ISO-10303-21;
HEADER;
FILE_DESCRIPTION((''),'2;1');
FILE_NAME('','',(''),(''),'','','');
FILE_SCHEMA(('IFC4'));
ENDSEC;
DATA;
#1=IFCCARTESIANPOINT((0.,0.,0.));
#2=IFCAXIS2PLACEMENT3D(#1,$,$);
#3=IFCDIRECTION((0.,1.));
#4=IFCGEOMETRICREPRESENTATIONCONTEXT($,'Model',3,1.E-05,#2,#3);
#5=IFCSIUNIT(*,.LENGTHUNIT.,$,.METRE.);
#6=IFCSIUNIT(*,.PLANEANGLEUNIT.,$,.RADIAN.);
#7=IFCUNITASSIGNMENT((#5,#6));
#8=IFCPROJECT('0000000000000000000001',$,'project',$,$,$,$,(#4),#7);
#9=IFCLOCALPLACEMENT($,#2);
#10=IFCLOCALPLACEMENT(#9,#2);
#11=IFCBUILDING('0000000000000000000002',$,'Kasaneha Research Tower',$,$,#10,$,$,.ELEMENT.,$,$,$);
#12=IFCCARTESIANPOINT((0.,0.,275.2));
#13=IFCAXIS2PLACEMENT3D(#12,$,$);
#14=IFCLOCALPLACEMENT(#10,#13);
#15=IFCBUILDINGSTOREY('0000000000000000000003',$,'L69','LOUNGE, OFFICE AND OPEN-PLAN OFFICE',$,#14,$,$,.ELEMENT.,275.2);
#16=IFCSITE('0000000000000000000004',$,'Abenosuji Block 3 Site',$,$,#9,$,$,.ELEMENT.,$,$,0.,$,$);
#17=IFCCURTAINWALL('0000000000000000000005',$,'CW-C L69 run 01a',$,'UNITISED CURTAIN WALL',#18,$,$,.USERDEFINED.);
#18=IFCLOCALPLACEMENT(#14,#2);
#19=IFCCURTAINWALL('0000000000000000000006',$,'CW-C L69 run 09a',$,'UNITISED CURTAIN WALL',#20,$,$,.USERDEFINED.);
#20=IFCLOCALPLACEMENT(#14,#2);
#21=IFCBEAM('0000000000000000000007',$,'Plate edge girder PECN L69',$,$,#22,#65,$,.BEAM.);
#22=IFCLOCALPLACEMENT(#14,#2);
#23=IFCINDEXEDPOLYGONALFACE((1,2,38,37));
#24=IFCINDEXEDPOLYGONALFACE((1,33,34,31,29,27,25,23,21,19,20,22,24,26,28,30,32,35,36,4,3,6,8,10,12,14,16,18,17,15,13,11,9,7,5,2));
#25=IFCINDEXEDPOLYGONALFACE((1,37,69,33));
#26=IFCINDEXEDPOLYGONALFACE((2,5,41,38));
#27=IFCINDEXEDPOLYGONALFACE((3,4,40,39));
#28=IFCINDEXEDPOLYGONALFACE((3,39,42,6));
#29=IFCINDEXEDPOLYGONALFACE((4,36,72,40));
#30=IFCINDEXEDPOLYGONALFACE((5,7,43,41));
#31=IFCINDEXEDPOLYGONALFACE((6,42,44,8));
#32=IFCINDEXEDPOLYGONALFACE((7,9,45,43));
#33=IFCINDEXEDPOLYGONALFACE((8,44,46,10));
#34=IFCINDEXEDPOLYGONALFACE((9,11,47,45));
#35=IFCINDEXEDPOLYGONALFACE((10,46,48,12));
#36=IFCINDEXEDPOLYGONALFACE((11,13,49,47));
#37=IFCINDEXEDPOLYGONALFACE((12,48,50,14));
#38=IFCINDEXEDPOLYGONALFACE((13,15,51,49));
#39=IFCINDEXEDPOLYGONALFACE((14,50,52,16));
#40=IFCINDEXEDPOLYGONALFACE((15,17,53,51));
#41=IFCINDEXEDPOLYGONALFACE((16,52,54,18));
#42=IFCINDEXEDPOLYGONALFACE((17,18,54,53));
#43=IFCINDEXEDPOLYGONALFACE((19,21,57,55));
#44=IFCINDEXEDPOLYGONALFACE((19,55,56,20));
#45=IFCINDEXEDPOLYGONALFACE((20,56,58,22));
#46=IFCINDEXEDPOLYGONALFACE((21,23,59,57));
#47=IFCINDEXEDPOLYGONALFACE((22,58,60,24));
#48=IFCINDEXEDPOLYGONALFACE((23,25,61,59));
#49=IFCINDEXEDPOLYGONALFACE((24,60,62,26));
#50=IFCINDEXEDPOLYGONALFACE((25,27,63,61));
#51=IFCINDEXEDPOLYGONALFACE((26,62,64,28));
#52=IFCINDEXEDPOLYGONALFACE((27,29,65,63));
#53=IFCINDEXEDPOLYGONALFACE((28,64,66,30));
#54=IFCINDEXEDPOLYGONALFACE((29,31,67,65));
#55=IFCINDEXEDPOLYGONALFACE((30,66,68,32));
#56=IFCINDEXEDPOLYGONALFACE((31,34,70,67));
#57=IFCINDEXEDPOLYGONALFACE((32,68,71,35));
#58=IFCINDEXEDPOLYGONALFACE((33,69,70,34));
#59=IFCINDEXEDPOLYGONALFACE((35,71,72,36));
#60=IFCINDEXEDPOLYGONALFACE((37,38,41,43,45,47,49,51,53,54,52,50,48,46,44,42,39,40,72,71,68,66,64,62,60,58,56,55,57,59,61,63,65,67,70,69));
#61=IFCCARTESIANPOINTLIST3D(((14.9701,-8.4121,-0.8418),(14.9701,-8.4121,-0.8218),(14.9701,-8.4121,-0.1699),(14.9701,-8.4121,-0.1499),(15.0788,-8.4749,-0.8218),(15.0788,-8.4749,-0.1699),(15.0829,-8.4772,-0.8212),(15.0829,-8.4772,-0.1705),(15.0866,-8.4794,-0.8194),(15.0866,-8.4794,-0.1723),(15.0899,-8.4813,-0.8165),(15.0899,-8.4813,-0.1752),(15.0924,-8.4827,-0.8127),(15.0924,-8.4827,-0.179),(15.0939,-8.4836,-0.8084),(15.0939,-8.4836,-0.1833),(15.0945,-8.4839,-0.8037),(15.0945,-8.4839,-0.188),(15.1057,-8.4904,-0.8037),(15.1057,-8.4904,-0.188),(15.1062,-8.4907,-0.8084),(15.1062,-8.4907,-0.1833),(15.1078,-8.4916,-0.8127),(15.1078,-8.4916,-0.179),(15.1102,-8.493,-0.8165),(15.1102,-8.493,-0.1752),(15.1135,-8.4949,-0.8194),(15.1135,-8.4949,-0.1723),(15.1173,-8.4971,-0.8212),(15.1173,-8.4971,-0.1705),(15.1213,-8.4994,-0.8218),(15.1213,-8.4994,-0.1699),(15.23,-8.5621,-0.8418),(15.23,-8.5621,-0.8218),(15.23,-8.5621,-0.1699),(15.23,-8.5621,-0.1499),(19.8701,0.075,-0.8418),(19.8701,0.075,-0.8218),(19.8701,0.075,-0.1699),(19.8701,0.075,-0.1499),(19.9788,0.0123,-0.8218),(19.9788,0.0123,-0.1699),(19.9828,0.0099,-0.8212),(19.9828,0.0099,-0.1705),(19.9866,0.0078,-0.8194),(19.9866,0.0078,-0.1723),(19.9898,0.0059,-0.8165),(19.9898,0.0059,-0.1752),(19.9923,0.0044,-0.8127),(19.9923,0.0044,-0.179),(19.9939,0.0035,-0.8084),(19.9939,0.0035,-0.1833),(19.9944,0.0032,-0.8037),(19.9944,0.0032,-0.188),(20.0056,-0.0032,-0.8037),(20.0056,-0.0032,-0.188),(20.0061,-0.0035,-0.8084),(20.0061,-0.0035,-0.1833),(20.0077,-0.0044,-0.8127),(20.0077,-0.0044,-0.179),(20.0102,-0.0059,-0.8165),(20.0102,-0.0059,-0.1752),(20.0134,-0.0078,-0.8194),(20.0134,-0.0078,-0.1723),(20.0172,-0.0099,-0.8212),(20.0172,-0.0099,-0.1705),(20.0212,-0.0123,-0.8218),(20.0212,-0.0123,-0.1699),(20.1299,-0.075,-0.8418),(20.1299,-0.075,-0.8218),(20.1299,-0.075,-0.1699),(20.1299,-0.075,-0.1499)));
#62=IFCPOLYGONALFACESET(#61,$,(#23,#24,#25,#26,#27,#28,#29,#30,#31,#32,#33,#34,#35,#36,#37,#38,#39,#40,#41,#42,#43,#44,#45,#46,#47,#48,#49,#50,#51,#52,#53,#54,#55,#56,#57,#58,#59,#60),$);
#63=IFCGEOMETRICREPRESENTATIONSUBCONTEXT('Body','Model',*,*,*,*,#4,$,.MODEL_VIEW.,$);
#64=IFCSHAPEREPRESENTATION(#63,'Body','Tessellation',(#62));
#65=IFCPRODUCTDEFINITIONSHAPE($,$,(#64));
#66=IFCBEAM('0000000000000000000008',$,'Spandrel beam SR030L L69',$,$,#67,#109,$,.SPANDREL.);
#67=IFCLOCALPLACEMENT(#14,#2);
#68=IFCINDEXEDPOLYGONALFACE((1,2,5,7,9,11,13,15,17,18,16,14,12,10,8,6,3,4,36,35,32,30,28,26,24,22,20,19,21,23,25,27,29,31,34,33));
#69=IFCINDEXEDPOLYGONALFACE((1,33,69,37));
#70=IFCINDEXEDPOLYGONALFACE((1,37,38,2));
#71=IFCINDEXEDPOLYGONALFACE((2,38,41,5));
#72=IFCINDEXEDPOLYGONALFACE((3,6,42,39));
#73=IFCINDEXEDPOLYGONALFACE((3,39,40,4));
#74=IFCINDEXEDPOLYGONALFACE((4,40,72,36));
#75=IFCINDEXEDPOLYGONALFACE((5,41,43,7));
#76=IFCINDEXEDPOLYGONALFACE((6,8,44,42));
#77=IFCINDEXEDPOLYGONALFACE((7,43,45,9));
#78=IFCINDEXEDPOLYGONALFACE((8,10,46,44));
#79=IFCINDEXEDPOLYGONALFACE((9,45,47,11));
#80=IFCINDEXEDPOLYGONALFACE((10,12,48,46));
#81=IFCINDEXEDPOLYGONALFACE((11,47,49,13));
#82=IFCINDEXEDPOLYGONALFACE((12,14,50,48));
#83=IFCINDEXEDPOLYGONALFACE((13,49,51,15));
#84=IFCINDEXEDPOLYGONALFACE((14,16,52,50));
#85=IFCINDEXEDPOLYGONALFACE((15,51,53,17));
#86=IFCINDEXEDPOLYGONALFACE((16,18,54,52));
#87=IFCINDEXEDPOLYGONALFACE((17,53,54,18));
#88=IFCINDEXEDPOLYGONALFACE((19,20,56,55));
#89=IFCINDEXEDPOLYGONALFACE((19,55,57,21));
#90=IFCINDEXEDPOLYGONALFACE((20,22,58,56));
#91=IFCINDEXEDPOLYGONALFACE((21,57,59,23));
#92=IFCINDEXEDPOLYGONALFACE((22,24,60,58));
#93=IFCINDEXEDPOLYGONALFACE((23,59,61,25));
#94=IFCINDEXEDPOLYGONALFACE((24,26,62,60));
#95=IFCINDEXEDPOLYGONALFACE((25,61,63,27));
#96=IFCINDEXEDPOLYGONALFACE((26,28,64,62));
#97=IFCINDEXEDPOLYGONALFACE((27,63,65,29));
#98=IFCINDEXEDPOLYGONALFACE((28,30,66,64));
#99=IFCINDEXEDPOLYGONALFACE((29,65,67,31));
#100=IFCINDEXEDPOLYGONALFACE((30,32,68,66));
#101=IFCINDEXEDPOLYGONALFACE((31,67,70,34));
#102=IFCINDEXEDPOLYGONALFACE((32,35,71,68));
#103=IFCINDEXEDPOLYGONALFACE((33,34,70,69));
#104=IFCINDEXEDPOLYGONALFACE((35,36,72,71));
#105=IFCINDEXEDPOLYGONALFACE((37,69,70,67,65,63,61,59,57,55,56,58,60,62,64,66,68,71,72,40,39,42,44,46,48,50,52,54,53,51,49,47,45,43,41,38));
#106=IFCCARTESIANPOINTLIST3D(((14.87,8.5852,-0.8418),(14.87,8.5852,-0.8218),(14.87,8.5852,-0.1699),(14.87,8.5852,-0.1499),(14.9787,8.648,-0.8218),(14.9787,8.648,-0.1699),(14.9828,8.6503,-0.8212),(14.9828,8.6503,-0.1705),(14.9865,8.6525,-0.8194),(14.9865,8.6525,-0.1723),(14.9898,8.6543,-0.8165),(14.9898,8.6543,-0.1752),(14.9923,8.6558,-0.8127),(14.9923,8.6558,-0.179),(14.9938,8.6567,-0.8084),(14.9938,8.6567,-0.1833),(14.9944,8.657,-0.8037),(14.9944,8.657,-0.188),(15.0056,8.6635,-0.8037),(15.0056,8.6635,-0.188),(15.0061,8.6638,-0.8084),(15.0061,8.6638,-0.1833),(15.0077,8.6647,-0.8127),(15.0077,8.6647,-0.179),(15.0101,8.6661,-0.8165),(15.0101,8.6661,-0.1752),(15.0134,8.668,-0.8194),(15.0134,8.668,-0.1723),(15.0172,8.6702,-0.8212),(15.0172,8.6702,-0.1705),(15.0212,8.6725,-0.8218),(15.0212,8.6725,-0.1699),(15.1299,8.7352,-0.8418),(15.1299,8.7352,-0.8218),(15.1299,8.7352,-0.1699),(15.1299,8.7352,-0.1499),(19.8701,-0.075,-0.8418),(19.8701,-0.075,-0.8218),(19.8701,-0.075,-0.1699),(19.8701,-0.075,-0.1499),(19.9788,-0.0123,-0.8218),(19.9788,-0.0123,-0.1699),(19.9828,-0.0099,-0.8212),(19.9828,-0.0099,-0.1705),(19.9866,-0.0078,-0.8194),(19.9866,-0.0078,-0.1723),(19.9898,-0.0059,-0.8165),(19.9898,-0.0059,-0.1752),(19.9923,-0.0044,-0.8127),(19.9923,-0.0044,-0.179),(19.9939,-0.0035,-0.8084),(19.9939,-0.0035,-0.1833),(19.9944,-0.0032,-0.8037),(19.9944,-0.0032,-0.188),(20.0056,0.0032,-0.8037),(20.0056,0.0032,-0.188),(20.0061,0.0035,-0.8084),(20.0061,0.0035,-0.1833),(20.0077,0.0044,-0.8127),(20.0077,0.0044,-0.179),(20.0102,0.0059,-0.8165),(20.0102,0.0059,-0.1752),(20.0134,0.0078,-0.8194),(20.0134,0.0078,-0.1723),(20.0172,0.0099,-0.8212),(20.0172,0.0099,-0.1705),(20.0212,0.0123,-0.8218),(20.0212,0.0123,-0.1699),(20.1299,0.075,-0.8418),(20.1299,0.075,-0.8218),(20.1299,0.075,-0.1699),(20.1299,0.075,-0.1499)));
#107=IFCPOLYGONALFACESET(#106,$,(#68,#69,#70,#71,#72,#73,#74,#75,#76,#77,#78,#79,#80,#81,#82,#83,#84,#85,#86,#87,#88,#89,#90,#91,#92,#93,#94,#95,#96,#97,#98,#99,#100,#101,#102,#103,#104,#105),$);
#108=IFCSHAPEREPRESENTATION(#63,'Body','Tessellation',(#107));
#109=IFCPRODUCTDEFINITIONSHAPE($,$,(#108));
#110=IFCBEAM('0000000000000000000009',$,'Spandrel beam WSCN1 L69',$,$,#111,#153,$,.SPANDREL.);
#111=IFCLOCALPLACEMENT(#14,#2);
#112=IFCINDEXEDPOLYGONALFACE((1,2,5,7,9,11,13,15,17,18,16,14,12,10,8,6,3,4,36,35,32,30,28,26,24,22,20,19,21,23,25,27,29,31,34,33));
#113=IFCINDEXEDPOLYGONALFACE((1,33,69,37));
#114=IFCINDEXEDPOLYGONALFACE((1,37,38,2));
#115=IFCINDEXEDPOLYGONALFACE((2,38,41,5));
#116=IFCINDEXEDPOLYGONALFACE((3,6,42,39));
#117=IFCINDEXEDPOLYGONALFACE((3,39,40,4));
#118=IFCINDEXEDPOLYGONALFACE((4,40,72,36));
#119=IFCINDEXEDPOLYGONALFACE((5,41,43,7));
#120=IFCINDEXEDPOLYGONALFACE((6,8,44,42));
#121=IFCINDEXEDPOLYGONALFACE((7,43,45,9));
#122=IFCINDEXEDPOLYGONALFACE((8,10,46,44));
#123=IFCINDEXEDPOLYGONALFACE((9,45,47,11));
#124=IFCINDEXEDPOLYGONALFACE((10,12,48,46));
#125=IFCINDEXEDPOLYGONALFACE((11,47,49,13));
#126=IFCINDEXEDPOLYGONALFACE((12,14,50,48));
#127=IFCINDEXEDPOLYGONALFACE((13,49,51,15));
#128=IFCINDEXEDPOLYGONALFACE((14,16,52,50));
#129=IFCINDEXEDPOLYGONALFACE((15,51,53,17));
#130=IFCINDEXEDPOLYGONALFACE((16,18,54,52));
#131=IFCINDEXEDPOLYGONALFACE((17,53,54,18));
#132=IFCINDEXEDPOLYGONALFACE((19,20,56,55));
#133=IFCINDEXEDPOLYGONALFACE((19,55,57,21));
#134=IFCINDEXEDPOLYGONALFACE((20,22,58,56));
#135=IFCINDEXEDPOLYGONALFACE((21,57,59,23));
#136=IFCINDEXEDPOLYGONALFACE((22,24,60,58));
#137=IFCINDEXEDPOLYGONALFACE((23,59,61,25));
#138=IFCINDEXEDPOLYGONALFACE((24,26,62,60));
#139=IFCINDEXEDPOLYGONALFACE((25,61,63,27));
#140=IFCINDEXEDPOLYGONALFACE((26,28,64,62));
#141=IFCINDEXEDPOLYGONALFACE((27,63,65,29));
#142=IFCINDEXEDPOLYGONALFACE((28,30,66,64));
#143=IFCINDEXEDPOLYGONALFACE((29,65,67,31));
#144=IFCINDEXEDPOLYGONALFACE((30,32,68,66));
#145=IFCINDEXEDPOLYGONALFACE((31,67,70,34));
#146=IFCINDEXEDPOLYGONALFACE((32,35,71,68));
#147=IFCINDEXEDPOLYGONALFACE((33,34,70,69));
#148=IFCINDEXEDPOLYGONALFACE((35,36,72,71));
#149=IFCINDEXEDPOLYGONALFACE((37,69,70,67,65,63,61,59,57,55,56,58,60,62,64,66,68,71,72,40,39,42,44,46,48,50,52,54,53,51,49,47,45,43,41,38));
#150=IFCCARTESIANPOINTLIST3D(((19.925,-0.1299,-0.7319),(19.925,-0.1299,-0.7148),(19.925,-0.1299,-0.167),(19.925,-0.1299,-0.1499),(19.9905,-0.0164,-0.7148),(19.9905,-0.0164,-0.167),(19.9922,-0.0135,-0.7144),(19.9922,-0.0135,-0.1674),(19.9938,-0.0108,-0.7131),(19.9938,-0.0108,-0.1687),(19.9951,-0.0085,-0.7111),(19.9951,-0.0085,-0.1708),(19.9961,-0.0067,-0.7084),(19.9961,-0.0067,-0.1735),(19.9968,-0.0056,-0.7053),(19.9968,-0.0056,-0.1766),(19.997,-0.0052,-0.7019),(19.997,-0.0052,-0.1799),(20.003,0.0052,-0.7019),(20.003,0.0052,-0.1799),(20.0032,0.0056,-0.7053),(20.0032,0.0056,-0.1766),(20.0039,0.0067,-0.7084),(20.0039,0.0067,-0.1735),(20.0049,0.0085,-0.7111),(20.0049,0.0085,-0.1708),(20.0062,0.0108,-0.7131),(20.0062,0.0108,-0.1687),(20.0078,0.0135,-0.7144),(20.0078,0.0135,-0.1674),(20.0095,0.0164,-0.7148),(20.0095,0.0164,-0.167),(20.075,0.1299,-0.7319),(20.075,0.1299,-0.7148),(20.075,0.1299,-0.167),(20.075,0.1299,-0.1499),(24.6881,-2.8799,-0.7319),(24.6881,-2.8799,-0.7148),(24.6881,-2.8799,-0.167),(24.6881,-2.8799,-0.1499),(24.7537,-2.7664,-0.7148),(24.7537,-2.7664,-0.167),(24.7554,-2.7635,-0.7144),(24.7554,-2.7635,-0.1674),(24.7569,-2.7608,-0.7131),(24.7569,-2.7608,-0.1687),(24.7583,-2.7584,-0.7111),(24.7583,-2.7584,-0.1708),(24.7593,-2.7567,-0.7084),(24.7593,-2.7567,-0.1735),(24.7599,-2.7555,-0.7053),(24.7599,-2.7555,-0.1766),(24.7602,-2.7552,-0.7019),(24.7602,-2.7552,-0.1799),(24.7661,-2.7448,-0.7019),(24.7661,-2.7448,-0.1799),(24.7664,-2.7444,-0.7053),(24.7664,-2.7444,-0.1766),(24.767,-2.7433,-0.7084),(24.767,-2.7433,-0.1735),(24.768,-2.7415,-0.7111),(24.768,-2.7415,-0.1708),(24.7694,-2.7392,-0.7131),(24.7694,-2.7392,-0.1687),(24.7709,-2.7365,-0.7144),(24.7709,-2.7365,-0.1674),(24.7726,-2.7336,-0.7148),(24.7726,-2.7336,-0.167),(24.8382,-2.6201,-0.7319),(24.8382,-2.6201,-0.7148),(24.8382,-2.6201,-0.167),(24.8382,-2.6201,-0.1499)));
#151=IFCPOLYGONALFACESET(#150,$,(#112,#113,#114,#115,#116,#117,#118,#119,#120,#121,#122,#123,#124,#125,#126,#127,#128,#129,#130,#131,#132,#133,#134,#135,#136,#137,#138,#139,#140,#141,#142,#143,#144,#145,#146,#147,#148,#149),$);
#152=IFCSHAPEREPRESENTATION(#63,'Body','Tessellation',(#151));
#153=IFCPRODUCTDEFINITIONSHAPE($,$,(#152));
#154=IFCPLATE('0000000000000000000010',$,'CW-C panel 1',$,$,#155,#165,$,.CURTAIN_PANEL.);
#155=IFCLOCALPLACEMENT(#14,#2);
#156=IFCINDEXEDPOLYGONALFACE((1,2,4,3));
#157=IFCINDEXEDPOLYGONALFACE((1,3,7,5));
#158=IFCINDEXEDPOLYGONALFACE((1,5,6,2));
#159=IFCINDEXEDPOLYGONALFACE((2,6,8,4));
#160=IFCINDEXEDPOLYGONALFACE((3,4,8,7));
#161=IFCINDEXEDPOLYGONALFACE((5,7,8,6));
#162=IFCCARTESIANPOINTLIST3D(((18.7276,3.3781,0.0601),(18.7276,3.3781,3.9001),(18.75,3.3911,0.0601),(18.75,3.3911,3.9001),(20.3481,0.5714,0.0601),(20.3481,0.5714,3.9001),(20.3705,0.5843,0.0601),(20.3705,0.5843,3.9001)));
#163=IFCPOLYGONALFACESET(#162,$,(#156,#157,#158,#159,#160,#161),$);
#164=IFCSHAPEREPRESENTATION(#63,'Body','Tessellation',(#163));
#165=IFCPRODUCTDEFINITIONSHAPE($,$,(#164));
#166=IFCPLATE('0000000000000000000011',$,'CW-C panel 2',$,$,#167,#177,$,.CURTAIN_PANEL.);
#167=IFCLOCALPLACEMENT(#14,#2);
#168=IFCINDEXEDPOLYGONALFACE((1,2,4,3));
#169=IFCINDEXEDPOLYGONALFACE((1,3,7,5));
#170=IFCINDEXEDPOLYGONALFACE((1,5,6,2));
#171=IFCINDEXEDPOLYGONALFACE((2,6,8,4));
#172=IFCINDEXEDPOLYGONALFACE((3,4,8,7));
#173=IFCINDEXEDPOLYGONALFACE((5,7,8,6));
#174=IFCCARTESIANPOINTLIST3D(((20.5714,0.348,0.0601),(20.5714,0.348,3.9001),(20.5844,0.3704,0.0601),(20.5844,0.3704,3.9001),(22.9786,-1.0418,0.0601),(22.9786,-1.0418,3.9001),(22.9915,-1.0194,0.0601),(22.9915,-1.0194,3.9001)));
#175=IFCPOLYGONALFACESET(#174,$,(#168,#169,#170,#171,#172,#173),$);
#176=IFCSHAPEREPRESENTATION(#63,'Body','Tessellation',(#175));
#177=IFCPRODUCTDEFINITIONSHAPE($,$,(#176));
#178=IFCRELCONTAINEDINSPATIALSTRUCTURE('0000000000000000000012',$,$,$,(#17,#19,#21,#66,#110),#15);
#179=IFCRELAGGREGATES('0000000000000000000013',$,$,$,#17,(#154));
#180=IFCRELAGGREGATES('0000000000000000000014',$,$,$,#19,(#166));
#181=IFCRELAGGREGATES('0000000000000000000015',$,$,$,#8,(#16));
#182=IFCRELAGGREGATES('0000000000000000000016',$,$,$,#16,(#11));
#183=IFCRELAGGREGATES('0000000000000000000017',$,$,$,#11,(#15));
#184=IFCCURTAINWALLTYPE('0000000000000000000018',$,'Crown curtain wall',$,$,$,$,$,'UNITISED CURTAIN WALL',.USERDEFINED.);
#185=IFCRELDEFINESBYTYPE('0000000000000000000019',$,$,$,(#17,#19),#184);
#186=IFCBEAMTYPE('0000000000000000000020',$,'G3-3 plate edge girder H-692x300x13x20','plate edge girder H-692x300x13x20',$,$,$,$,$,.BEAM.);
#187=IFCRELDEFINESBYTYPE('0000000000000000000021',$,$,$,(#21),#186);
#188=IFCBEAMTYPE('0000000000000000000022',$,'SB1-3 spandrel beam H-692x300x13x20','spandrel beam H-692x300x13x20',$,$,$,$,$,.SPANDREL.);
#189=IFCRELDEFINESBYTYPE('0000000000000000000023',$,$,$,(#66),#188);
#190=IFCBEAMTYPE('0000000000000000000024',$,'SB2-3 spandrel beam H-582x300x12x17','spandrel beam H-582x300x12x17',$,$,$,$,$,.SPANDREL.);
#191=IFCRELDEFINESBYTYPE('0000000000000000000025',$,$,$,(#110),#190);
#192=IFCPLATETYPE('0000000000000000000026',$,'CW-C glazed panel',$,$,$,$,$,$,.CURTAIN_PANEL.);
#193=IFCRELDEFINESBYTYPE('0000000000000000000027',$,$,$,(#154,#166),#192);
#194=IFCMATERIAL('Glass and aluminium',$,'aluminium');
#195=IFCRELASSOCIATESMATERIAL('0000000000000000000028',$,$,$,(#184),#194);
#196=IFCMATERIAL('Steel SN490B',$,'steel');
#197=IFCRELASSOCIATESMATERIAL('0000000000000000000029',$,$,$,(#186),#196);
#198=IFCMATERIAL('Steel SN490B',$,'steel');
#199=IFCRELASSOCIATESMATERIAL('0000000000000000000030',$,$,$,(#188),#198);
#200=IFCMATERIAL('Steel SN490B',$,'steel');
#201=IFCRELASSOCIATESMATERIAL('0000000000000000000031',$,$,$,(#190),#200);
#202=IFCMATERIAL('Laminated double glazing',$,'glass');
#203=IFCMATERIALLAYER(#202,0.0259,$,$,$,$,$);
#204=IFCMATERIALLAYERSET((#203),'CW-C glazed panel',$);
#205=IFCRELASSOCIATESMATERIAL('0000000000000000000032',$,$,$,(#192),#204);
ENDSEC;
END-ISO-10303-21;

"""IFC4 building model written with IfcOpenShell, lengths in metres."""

from ifc_helpers import new_model, si_unit, direction, frame, origin, origin_2d, place, context, subcontext, project, spatial, rectangle, i_section, extrude, material, layer, layer_set, material_profile, profile_set, type_object, element, aggregate, save


model = new_model("IFC4")

# Units and contexts
model_context = context("Model", 3, precision=1e-05, world=origin(), true_north=direction((0.0, 1.0)))
body_context = subcontext(model_context, "Body", "Model", "MODEL_VIEW")
ifc_project = project(units=[si_unit("LENGTHUNIT", "METRE"), si_unit("PLANEANGLEUNIT", "RADIAN")], contexts=[model_context])

# Site, building, storey
site_placement = place(None, origin())
site = spatial("IfcSite", under=ifc_project, at=site_placement, Name="Abenosuji Block 3 Site", CompositionType="ELEMENT", RefElevation=0.0)
building_placement = place(site_placement, origin())
building = spatial("IfcBuilding", under=site, at=building_placement, Name="Kasaneha Research Tower", CompositionType="ELEMENT")
storey_placement = place(building_placement, frame((0.0, 0.0, 275.2)))
storey = spatial("IfcBuildingStorey", under=building, at=storey_placement, Name="L69", Description="LOUNGE, OFFICE AND OPEN-PLAN OFFICE", CompositionType="ELEMENT", Elevation=275.2)

# Curtain wall
ifc_material_1 = material(Name="Glass and aluminium", Category="aluminium")
curtain_wall_type = type_object("IfcCurtainWallType", Name="Crown curtain wall", ElementType="UNITISED CURTAIN WALL", PredefinedType="USERDEFINED", material=ifc_material_1)
curtain_wall_1_placement = place(storey_placement, origin())
curtain_wall_1 = element("IfcCurtainWall", 1, at=curtain_wall_1_placement, inside=storey, type_object=curtain_wall_type, Name="CW-C L69 run 01a", ObjectType="UNITISED CURTAIN WALL", PredefinedType="USERDEFINED")

# Curtain wall
curtain_wall_2_placement = place(storey_placement, origin())
curtain_wall_2 = element("IfcCurtainWall", 2, at=curtain_wall_2_placement, inside=storey, type_object=curtain_wall_type, Name="CW-C L69 run 09a", ObjectType="UNITISED CURTAIN WALL", PredefinedType="USERDEFINED")

# Beams
ifc_material_2 = material(Name="Steel SN490B", Category="steel")
ifc_material_profile_1 = material_profile(ifc_material_2, i_section(OverallWidth=0.3, OverallDepth=0.6919, WebThickness=0.0129, FlangeThickness=0.02, FilletRadius=0.0181, at=origin_2d()), Name="H-692x300x13x20")
ifc_profile_set_1 = profile_set([ifc_material_profile_1], Name="Steel SN490B")
beam_type_1 = type_object("IfcBeamType", Name="G3-3 plate edge girder H-692x300x13x20", Description="plate edge girder H-692x300x13x20", PredefinedType="BEAM", material=ifc_profile_set_1)
beam_1_placement = place(storey_placement, frame((20.0, 0.0, -0.4958), z_axis=(-0.499992, -0.86603, 0.0), x_axis=(0.86603, -0.499992, 0.0)))
element("IfcBeam", 3, at=beam_1_placement, inside=storey, type_object=beam_type_1, Name="Plate edge girder PECN L69", PredefinedType="BEAM", context=body_context, shape_type="SweptSolid", body=[
    extrude(i_section(OverallWidth=0.3, OverallDepth=0.6919, WebThickness=0.0129, FlangeThickness=0.02, FilletRadius=0.0181, at=origin_2d()), origin(), (0.0, 0.0, 1.0), 9.8),
])
ifc_material_3 = material(Name="Steel SN490B", Category="steel")
ifc_material_profile_2 = material_profile(ifc_material_3, i_section(OverallWidth=0.3, OverallDepth=0.6919, WebThickness=0.0129, FlangeThickness=0.02, FilletRadius=0.0181, at=origin_2d()), Name="H-692x300x13x20")
ifc_profile_set_2 = profile_set([ifc_material_profile_2], Name="Steel SN490B")
beam_type_2 = type_object("IfcBeamType", Name="SB1-3 spandrel beam H-692x300x13x20", Description="spandrel beam H-692x300x13x20", PredefinedType="SPANDREL", material=ifc_profile_set_2)
beam_2_placement = place(storey_placement, frame((20.0, 0.0, -0.4958), z_axis=(-0.500004, 0.866023, 0.0), x_axis=(-0.866023, -0.500004, 0.0)))
element("IfcBeam", 4, at=beam_2_placement, inside=storey, type_object=beam_type_2, Name="Spandrel beam SR030L L69", PredefinedType="SPANDREL", context=body_context, shape_type="SweptSolid", body=[
    extrude(i_section(OverallWidth=0.3, OverallDepth=0.6919, WebThickness=0.0129, FlangeThickness=0.02, FilletRadius=0.0181, at=origin_2d()), origin(), (0.0, 0.0, 1.0), 10.0),
])
ifc_material_4 = material(Name="Steel SN490B", Category="steel")
ifc_material_profile_3 = material_profile(ifc_material_4, i_section(OverallWidth=0.3, OverallDepth=0.582, WebThickness=0.012, FlangeThickness=0.0171, FilletRadius=0.0129, at=origin_2d()), Name="H-582x300x12x17")
ifc_profile_set_3 = profile_set([ifc_material_profile_3], Name="Steel SN490B")
beam_type_3 = type_object("IfcBeamType", Name="SB2-3 spandrel beam H-582x300x12x17", Description="spandrel beam H-582x300x12x17", PredefinedType="SPANDREL", material=ifc_profile_set_3)
beam_3_placement = place(storey_placement, frame((20.0, 0.0, -0.4409), z_axis=(0.866027, -0.499997, 0.0), x_axis=(0.499997, 0.866027, 0.0)))
element("IfcBeam", 5, at=beam_3_placement, inside=storey, type_object=beam_type_3, Name="Spandrel beam WSCN1 L69", PredefinedType="SPANDREL", context=body_context, shape_type="SweptSolid", body=[
    extrude(i_section(OverallWidth=0.3, OverallDepth=0.582, WebThickness=0.012, FlangeThickness=0.0171, FilletRadius=0.0129, at=origin_2d()), origin(), (0.0, 0.0, 1.0), 5.5),
])

# Plates
ifc_material_5 = material(Name="Laminated double glazing", Category="glass")
ifc_layer_1 = layer(ifc_material_5, 0.0259)
ifc_layer_set_1 = layer_set([ifc_layer_1], Name="CW-C glazed panel")
plate_type = type_object("IfcPlateType", Name="CW-C glazed panel", PredefinedType="CURTAIN_PANEL", material=ifc_layer_set_1)
plate_1_placement = place(storey_placement, frame((19.5491, 1.9812, 0.0601), z_axis=(0.0, 0.0, 1.0), x_axis=(-0.5, 0.866025, 0.0)))
plate_1 = element("IfcPlate", 6, at=plate_1_placement, type_object=plate_type, Name="CW-C panel 1", PredefinedType="CURTAIN_PANEL", context=body_context, shape_type="SweptSolid", body=[
    extrude(rectangle(XDim=3.241, YDim=0.0259, at=origin_2d()), origin(), (0.0, 0.0, 1.0), 3.8401),
])
aggregate(curtain_wall_1, [plate_1])
plate_2_placement = place(storey_placement, frame((21.7815, -0.3357, 0.0601), z_axis=(0.0, 0.0, 1.0), x_axis=(-0.866025, 0.5, 0.0)))
plate_2 = element("IfcPlate", 7, at=plate_2_placement, type_object=plate_type, Name="CW-C panel 2", PredefinedType="CURTAIN_PANEL", context=body_context, shape_type="SweptSolid", body=[
    extrude(rectangle(XDim=2.7795, YDim=0.0259, at=origin_2d()), origin(), (0.0, 0.0, 1.0), 3.8401),
])
aggregate(curtain_wall_2, [plate_2])

save(model, "model.ifc")
